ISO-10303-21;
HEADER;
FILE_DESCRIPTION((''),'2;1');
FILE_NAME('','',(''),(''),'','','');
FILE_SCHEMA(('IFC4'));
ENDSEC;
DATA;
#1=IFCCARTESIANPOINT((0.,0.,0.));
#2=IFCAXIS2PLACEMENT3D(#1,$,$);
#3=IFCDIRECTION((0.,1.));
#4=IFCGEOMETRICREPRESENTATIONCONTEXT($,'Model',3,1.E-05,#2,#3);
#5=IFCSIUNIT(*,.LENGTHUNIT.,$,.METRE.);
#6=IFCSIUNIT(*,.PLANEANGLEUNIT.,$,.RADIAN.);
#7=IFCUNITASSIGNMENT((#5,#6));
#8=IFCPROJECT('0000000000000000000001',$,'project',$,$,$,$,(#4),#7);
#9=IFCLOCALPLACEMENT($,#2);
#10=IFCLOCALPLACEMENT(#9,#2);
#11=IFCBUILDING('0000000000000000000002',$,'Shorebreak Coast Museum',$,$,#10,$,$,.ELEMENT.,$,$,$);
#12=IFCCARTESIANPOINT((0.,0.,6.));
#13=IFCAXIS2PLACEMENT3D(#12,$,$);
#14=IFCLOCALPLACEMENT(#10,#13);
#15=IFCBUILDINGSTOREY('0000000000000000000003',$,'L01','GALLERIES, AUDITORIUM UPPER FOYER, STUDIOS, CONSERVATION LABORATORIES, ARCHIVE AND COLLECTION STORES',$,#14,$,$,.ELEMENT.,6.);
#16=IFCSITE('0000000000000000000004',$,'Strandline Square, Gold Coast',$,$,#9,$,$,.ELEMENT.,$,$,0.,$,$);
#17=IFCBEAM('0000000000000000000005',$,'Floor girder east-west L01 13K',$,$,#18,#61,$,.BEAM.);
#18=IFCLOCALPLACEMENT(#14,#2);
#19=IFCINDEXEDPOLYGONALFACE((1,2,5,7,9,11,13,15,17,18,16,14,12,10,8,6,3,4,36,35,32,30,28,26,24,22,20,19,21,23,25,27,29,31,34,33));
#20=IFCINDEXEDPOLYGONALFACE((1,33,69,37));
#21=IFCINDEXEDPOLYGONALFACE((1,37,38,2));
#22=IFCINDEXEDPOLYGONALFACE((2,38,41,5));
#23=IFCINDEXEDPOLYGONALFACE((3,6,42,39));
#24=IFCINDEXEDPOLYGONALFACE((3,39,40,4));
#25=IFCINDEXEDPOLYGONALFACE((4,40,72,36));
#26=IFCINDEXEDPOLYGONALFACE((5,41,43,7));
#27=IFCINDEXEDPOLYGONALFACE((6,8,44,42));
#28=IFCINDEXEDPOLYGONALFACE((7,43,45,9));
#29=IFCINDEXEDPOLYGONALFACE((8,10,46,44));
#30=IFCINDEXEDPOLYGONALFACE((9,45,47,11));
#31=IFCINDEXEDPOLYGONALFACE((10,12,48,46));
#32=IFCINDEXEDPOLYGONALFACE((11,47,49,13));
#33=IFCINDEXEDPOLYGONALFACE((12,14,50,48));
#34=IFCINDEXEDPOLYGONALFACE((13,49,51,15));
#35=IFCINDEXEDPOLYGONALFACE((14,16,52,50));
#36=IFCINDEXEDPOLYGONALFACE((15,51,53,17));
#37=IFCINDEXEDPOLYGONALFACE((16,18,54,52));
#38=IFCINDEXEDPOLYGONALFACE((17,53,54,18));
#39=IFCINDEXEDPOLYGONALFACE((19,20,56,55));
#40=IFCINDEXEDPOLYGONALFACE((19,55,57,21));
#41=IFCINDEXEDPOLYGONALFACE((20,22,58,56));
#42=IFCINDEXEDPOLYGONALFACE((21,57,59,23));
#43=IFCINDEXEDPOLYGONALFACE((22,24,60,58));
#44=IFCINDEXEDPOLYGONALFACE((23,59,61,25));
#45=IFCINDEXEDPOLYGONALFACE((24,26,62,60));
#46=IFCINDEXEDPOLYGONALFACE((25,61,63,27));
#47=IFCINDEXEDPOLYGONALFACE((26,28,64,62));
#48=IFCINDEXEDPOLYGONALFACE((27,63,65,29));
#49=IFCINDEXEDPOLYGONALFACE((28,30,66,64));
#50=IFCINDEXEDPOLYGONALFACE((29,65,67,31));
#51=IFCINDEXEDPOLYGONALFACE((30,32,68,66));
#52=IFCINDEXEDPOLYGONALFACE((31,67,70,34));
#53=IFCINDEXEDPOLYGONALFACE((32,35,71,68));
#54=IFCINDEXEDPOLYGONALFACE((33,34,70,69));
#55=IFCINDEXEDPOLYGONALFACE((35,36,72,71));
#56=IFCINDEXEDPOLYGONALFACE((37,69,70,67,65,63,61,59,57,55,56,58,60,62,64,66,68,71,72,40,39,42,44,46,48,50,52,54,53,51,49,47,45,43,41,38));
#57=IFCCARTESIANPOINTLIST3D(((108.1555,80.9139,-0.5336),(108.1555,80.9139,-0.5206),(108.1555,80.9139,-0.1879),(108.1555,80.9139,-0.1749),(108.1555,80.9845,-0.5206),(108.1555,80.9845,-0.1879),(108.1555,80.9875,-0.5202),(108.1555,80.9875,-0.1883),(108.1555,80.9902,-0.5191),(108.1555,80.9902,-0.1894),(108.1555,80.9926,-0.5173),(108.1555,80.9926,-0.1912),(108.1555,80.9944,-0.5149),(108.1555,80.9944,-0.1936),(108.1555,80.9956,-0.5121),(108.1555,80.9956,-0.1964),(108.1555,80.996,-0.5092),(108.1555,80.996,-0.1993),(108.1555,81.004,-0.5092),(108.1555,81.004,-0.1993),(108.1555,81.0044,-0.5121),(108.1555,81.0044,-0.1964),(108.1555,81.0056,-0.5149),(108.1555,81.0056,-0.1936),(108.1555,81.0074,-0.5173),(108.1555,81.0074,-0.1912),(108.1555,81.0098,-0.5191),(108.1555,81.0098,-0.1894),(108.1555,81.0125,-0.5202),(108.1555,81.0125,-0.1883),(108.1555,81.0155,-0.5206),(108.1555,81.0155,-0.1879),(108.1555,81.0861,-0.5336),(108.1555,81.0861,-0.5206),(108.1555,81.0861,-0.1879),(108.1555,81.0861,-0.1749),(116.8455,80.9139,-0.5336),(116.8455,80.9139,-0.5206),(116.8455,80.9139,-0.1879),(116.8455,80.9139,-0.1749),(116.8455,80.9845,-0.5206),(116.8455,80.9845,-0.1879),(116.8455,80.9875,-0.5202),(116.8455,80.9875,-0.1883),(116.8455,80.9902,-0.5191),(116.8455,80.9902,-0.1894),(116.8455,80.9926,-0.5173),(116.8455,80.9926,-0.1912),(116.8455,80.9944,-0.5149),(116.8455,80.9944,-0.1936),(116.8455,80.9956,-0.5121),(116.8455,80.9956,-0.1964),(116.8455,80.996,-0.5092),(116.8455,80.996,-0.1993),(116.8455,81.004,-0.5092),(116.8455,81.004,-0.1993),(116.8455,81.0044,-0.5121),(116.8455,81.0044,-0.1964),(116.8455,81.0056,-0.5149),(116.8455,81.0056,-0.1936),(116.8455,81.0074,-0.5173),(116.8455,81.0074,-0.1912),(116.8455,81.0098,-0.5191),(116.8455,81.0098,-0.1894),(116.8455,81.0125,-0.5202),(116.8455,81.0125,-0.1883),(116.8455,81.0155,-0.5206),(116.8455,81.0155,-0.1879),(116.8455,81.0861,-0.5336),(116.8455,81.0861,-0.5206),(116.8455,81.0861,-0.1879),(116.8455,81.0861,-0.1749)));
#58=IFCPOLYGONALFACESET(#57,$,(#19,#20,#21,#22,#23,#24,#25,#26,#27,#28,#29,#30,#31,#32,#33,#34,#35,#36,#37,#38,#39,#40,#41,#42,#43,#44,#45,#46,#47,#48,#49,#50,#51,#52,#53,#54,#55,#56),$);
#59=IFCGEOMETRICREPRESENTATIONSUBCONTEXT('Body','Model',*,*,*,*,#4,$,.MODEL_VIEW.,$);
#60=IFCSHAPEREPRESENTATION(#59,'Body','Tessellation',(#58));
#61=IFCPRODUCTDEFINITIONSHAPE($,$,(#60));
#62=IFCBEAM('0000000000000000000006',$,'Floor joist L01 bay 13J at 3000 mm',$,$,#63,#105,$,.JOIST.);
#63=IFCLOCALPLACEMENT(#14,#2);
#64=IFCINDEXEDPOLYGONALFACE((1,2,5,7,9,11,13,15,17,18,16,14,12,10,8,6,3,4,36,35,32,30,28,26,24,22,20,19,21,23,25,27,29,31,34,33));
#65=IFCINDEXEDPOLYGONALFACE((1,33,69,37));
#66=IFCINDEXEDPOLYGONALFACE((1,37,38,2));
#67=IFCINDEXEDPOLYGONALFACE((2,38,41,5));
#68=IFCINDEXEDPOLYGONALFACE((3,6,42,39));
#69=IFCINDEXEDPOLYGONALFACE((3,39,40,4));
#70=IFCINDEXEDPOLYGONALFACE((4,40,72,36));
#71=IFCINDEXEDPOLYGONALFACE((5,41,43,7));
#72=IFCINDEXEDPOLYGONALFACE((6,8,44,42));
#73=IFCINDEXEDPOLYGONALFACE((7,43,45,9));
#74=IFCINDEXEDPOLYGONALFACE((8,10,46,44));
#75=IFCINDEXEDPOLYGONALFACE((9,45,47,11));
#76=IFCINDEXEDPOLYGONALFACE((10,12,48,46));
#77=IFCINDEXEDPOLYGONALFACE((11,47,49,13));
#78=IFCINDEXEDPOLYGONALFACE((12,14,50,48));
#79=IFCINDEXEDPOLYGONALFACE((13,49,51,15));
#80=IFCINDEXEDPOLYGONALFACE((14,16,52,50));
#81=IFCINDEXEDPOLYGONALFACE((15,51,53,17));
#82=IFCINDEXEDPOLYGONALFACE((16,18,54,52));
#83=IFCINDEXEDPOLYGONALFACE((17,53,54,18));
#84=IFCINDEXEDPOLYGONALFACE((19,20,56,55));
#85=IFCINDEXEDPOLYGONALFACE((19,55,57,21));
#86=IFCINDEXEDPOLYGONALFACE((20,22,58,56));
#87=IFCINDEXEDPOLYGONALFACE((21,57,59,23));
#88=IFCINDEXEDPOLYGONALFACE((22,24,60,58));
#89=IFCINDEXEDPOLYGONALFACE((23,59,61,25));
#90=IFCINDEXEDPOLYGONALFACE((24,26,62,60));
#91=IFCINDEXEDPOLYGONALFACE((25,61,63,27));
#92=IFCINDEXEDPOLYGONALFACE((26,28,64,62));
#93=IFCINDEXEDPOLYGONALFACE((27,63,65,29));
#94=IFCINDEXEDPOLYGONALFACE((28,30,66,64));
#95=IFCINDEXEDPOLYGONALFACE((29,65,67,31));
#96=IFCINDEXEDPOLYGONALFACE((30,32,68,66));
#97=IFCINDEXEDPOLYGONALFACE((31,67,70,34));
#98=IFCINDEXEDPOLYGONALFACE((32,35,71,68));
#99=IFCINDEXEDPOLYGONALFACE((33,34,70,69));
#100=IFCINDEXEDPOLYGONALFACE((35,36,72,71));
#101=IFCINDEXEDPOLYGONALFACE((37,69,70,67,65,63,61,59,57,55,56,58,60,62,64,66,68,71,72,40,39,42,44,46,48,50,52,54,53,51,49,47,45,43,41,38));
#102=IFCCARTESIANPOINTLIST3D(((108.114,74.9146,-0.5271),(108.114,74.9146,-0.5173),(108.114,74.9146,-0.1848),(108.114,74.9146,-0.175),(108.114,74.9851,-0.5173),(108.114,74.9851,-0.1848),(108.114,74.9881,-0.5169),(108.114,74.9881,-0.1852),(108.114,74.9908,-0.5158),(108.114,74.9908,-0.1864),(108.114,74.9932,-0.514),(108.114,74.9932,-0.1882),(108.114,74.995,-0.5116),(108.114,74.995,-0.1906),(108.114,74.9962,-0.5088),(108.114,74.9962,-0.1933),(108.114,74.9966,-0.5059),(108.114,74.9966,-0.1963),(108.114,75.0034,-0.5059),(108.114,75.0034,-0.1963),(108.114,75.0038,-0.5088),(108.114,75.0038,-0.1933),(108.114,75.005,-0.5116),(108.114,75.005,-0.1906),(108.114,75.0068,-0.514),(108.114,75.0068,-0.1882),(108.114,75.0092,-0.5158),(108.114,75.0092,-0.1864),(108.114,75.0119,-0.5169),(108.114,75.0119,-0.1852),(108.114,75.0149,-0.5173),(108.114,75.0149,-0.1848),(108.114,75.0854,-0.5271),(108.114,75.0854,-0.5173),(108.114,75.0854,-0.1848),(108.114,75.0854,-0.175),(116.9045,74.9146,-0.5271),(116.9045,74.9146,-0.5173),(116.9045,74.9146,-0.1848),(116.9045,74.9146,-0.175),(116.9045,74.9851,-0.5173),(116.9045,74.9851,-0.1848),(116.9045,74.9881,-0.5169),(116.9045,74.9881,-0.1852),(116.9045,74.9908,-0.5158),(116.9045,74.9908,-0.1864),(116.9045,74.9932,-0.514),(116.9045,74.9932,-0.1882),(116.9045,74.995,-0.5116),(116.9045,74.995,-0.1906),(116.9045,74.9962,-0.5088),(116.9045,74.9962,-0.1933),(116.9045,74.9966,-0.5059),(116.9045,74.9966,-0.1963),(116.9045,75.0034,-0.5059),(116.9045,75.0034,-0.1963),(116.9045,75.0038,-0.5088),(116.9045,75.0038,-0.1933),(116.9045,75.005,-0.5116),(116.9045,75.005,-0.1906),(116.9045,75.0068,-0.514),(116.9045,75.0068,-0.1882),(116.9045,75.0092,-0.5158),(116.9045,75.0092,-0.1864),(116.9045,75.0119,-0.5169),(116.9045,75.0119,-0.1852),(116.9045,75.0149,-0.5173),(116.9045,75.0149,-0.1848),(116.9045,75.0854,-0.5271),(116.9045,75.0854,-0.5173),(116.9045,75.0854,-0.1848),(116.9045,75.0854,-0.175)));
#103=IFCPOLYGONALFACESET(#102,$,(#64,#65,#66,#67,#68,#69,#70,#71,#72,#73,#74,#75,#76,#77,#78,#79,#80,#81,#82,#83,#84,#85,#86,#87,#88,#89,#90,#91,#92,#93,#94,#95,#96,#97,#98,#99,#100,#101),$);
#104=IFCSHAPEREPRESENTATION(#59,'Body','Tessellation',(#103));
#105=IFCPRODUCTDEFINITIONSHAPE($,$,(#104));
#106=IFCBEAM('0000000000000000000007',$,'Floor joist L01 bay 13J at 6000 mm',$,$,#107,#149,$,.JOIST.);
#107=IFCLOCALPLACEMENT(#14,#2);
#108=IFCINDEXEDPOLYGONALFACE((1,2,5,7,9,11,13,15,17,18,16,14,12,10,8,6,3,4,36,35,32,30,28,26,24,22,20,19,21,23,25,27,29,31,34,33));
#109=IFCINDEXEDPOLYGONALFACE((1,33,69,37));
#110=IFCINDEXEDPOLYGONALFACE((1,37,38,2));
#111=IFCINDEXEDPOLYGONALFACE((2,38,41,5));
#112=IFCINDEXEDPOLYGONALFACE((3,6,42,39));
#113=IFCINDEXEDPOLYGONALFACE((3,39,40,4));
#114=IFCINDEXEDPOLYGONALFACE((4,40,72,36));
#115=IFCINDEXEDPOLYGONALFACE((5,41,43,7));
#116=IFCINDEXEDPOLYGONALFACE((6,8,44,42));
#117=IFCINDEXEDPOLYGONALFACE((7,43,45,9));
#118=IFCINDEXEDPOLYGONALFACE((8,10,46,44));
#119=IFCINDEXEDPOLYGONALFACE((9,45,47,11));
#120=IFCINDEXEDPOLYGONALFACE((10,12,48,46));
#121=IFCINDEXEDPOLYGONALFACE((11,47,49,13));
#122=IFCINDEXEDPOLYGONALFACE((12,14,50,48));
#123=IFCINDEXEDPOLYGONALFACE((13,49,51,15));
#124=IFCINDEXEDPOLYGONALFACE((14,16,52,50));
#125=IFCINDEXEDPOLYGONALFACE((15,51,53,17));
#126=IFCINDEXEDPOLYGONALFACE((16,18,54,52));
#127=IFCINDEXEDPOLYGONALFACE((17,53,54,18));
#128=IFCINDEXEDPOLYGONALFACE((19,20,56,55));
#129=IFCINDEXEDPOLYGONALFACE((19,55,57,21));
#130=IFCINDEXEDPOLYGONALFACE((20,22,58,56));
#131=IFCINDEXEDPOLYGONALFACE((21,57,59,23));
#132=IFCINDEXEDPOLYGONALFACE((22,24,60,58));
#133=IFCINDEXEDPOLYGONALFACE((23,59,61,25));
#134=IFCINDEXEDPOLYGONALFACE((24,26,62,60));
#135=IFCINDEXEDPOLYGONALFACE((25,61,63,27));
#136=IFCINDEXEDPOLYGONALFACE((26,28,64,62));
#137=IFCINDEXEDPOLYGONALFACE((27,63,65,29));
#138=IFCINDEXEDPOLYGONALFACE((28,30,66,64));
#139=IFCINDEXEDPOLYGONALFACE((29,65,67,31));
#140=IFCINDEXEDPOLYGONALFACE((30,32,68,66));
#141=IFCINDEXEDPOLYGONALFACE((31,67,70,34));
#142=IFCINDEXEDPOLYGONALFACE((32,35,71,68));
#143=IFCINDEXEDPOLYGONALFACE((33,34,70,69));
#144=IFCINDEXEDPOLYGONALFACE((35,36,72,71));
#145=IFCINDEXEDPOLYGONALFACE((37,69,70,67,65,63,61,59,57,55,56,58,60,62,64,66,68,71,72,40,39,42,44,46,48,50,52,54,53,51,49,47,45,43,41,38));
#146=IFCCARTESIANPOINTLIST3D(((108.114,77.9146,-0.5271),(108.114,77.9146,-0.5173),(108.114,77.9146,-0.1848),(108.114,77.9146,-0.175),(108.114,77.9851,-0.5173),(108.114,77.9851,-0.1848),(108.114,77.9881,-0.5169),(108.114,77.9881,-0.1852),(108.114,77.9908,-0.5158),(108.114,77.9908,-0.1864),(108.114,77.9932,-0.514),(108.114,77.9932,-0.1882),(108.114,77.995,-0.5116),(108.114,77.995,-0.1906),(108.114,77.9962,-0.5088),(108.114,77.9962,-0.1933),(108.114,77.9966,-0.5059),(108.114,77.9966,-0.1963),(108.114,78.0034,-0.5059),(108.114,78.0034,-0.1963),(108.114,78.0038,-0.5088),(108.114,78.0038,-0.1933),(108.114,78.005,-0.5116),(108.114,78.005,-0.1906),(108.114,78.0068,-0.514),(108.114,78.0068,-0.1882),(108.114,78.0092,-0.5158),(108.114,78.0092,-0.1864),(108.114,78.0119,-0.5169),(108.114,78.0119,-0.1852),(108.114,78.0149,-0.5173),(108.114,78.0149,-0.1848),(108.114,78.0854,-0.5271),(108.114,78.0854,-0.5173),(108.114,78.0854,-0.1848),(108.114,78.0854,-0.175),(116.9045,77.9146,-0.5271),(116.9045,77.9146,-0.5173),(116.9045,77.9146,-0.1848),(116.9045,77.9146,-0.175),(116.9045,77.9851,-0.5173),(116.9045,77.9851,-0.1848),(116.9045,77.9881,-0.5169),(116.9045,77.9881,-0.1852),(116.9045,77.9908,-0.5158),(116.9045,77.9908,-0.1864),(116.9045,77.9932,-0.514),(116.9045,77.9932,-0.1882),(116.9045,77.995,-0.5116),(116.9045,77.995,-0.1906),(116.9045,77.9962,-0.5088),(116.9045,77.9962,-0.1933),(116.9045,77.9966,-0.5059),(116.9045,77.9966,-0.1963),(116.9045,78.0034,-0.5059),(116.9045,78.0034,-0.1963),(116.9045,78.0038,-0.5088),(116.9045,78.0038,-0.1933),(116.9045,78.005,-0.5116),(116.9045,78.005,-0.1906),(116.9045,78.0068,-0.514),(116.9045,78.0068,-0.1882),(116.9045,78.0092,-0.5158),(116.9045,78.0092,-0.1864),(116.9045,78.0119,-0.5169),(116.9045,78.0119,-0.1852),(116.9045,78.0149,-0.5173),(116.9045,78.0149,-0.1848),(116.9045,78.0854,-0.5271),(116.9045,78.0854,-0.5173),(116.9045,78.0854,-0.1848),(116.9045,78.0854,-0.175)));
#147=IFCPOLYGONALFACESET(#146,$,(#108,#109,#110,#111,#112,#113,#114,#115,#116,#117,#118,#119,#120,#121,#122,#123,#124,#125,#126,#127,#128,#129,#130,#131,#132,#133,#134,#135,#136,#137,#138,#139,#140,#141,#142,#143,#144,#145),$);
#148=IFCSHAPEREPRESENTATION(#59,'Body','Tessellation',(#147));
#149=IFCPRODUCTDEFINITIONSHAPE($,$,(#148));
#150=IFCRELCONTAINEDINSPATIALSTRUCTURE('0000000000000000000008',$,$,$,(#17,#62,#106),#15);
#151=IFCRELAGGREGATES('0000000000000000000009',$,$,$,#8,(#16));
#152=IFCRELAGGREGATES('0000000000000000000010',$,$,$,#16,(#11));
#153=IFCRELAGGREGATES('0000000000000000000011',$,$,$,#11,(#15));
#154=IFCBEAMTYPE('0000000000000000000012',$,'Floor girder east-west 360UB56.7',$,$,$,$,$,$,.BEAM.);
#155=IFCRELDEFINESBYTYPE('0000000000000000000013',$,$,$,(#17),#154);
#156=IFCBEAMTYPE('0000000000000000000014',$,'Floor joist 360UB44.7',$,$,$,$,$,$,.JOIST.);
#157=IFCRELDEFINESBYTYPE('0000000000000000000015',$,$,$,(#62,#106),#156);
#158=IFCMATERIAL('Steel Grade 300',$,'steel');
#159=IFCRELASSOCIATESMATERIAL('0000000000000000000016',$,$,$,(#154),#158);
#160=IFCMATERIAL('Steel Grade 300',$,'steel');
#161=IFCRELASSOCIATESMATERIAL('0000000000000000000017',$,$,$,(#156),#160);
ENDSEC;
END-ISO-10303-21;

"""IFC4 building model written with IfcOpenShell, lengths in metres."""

from ifc_helpers import new_model, si_unit, direction, frame, origin, origin_2d, place, context, subcontext, project, spatial, i_section, extrude, material, material_profile, profile_set, type_object, element, save


model = new_model("IFC4")

# Units and contexts
model_context = context("Model", 3, precision=1e-05, world=origin(), true_north=direction((0.0, 1.0)))
body_context = subcontext(model_context, "Body", "Model", "MODEL_VIEW")
ifc_project = project(units=[si_unit("LENGTHUNIT", "METRE"), si_unit("PLANEANGLEUNIT", "RADIAN")], contexts=[model_context])

# Site, building, storey
site_placement = place(None, origin())
site = spatial("IfcSite", under=ifc_project, at=site_placement, Name="Strandline Square, Gold Coast", CompositionType="ELEMENT", RefElevation=0.0)
building_placement = place(site_placement, origin())
building = spatial("IfcBuilding", under=site, at=building_placement, Name="Shorebreak Coast Museum", CompositionType="ELEMENT")
storey_placement = place(building_placement, frame((0.0, 0.0, 6.0)))
storey = spatial("IfcBuildingStorey", under=building, at=storey_placement, Name="L01", Description="GALLERIES, AUDITORIUM UPPER FOYER, STUDIOS, CONSERVATION LABORATORIES, ARCHIVE AND COLLECTION STORES", CompositionType="ELEMENT", Elevation=6.0)

# Beams
ifc_material_1 = material(Name="Steel Grade 300", Category="steel")
ifc_material_profile_1 = material_profile(ifc_material_1, i_section(OverallWidth=0.1721, OverallDepth=0.3586, WebThickness=0.0081, FlangeThickness=0.0129, FilletRadius=0.0115, at=origin_2d()), Name="360UB56.7")
ifc_profile_set_1 = profile_set([ifc_material_profile_1], Name="Steel Grade 300")
beam_type_1 = type_object("IfcBeamType", Name="Floor girder east-west 360UB56.7", PredefinedType="BEAM", material=ifc_profile_set_1)
beam_placement = place(storey_placement, frame((108.1555, 81.0, -0.3542), z_axis=(1.0, 0.0, 0.0), x_axis=(0.0, 1.0, 0.0)))
element("IfcBeam", 1, at=beam_placement, inside=storey, type_object=beam_type_1, Name="Floor girder east-west L01 13K", PredefinedType="BEAM", context=body_context, shape_type="SweptSolid", body=[
    extrude(i_section(OverallWidth=0.1721, OverallDepth=0.3586, WebThickness=0.0081, FlangeThickness=0.0129, FilletRadius=0.0115, at=origin_2d()), origin(), (0.0, 0.0, 1.0), 8.6899),
])
ifc_material_2 = material(Name="Steel Grade 300", Category="steel")
ifc_material_profile_2 = material_profile(ifc_material_2, i_section(OverallWidth=0.1709, OverallDepth=0.3521, WebThickness=0.0068, FlangeThickness=0.0098, FilletRadius=0.0115, at=origin_2d()), Name="360UB44.7")
ifc_profile_set_2 = profile_set([ifc_material_profile_2], Name="Steel Grade 300")
beam_type_2 = type_object("IfcBeamType", Name="Floor joist 360UB44.7", PredefinedType="JOIST", material=ifc_profile_set_2)
for number, where, z_axis, x_axis, name in (
    (2, (108.114, 75.0, -0.3511), (1.0, 0.0, 0.0), (0.0, 1.0, 0.0), "Floor joist L01 bay 13J at 3000 mm"),
    (3, (108.114, 78.0, -0.3511), (1.0, 0.0, 0.0), (0.0, 1.0, 0.0), "Floor joist L01 bay 13J at 6000 mm"),
):
    element("IfcBeam", number, at=place(storey_placement, frame(where, z_axis=z_axis, x_axis=x_axis)), inside=storey, type_object=beam_type_2, Name=name, PredefinedType="JOIST", context=body_context, shape_type="SweptSolid", body=[
        extrude(i_section(OverallWidth=0.1709, OverallDepth=0.3521, WebThickness=0.0068, FlangeThickness=0.0098, FilletRadius=0.0115, at=origin_2d()), origin(), (0.0, 0.0, 1.0), 8.7905),
    ])

save(model, "model.ifc")
